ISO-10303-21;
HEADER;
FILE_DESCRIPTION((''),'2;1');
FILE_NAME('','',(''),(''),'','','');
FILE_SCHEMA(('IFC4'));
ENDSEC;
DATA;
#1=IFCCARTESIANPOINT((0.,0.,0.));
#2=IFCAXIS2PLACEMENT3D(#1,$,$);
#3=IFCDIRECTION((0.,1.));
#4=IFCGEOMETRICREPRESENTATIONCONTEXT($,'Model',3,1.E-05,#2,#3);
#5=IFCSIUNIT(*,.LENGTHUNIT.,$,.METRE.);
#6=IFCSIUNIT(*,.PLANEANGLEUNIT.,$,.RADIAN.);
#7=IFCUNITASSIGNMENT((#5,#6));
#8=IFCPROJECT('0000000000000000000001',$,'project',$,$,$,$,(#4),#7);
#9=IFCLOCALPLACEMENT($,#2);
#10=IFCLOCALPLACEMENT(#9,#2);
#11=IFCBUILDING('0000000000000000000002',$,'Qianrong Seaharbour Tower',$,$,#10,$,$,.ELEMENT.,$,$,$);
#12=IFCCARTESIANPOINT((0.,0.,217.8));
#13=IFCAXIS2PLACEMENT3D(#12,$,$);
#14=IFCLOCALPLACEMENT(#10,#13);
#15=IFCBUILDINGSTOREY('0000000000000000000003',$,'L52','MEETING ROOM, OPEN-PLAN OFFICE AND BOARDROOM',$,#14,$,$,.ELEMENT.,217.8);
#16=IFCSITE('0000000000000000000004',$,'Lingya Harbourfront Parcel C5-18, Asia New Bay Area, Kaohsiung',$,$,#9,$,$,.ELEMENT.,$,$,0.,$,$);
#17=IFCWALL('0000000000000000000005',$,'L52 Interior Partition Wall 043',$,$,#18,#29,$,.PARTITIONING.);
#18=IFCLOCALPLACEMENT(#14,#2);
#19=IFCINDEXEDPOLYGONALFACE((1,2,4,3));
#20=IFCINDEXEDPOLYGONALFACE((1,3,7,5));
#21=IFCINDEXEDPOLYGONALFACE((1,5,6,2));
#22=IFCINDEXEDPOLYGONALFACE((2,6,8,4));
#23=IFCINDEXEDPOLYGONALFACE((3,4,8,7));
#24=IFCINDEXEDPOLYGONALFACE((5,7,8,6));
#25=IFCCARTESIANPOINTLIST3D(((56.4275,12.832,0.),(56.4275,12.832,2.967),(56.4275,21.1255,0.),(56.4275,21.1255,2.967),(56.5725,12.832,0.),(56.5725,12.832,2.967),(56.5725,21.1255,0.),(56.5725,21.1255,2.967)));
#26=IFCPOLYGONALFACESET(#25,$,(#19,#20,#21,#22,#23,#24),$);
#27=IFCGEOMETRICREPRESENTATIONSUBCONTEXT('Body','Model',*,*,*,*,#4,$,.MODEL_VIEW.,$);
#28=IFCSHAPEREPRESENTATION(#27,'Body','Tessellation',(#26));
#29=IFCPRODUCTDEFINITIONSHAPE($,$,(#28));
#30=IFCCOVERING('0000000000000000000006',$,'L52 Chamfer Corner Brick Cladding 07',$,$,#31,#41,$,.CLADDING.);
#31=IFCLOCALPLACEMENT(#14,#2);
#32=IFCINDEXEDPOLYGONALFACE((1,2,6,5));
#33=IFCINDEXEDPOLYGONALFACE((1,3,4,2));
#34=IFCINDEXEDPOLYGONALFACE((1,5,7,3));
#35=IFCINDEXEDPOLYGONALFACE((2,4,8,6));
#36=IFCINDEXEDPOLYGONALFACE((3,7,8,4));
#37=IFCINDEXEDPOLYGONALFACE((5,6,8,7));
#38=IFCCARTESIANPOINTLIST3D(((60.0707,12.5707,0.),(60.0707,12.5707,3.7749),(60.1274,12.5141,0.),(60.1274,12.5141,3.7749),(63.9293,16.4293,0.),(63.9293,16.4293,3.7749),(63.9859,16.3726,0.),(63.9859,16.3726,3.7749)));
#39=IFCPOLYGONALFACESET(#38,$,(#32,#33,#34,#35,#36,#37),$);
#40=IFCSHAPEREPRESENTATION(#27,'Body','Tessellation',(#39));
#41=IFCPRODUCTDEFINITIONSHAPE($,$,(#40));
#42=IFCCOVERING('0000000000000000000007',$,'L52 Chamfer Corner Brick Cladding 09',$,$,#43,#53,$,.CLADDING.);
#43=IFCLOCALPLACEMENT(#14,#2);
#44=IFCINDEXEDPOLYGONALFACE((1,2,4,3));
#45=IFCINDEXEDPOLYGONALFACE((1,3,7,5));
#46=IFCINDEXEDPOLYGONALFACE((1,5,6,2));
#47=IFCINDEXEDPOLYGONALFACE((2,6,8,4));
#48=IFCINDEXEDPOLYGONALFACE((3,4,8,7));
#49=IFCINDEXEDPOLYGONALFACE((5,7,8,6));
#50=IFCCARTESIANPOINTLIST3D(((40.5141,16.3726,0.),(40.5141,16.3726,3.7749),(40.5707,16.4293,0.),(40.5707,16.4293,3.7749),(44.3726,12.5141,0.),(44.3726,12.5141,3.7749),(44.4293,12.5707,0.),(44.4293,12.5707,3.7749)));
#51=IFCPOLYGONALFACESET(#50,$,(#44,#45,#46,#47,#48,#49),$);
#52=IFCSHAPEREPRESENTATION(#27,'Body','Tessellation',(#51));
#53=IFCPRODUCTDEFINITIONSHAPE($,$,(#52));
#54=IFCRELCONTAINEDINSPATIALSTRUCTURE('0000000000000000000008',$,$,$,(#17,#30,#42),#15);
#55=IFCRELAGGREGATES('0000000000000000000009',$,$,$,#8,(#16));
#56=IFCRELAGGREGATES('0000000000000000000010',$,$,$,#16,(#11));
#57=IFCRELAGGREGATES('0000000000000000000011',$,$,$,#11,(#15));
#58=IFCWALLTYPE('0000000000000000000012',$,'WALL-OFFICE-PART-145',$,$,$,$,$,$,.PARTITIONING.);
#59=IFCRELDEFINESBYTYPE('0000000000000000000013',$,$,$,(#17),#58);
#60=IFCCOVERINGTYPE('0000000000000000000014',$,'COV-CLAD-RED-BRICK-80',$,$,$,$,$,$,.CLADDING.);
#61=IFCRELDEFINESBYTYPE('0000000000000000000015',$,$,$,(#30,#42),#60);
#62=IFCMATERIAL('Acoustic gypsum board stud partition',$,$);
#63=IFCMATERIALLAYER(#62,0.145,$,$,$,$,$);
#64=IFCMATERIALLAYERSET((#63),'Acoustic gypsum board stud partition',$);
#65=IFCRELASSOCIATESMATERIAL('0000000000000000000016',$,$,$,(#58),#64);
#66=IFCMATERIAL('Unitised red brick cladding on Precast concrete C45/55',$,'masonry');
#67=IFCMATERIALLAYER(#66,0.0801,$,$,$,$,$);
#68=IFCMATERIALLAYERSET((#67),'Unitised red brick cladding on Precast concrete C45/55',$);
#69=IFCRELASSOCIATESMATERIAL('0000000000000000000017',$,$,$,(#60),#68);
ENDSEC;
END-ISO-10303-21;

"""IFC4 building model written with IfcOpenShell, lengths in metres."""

from ifc_helpers import new_model, si_unit, direction, frame, frame_2d, origin, origin_2d, place, context, subcontext, project, spatial, rectangle, extrude, material, layer, layer_set, type_object, element, save


model = new_model("IFC4")

# Units and contexts
model_context = context("Model", 3, precision=1e-05, world=origin(), true_north=direction((0.0, 1.0)))
body_context = subcontext(model_context, "Body", "Model", "MODEL_VIEW")
ifc_project = project(units=[si_unit("LENGTHUNIT", "METRE"), si_unit("PLANEANGLEUNIT", "RADIAN")], contexts=[model_context])

# Site, building, storey
site_placement = place(None, origin())
site = spatial("IfcSite", under=ifc_project, at=site_placement, Name="Lingya Harbourfront Parcel C5-18, Asia New Bay Area, Kaohsiung", CompositionType="ELEMENT", RefElevation=0.0)
building_placement = place(site_placement, origin())
building = spatial("IfcBuilding", under=site, at=building_placement, Name="Qianrong Seaharbour Tower", CompositionType="ELEMENT")
storey_placement = place(building_placement, frame((0.0, 0.0, 217.8)))
storey = spatial("IfcBuildingStorey", under=building, at=storey_placement, Name="L52", Description="MEETING ROOM, OPEN-PLAN OFFICE AND BOARDROOM", CompositionType="ELEMENT", Elevation=217.8)

# Wall
ifc_material_1 = material(Name="Acoustic gypsum board stud partition")
ifc_layer_1 = layer(ifc_material_1, 0.145)
ifc_layer_set_1 = layer_set([ifc_layer_1], Name="Acoustic gypsum board stud partition")
wall_type_1 = type_object("IfcWallType", Name="WALL-OFFICE-PART-145", PredefinedType="PARTITIONING", material=ifc_layer_set_1)
for number, where, z_axis, x_axis, name in (
    (1, (56.5, 21.1255, 0.0), (0.0, 0.0, 1.0), (0.0, -1.0, 0.0), "L52 Interior Partition Wall 043"),
):
    element("IfcWall", number, at=place(storey_placement, frame(where, z_axis=z_axis, x_axis=x_axis)), inside=storey, type_object=wall_type_1, Name=name, PredefinedType="PARTITIONING", context=body_context, shape_type="SweptSolid", body=[
        extrude(rectangle(XDim=8.2935, YDim=0.145, at=frame_2d((4.1467, 0.0))), origin(), (0.0, 0.0, 1.0), 2.967),
    ])

# Coverings
ifc_material_2 = material(Name="Unitised red brick cladding on Precast concrete C45/55", Category="masonry")
ifc_layer_2 = layer(ifc_material_2, 0.0801)
ifc_layer_set_2 = layer_set([ifc_layer_2], Name="Unitised red brick cladding on Precast concrete C45/55")
covering_type = type_object("IfcCoveringType", Name="COV-CLAD-RED-BRICK-80", PredefinedType="CLADDING", material=ifc_layer_set_2)
for number, where, z_axis, x_axis, name in (
    (2, (62.0283, 14.4717, 0.0), (0.0, 0.0, 1.0), (-0.707107, -0.707107, 0.0), "L52 Chamfer Corner Brick Cladding 07"),
    (3, (42.4717, 14.4717, 0.0), (0.0, 0.0, 1.0), (-0.707107, 0.707107, 0.0), "L52 Chamfer Corner Brick Cladding 09"),
):
    element("IfcCovering", number, at=place(storey_placement, frame(where, z_axis=z_axis, x_axis=x_axis)), inside=storey, type_object=covering_type, Name=name, PredefinedType="CLADDING", context=body_context, shape_type="SweptSolid", body=[
        extrude(rectangle(XDim=5.4568, YDim=0.0801, at=origin_2d()), origin(), (0.0, 0.0, 1.0), 3.7749),
    ])

save(model, "model.ifc")
